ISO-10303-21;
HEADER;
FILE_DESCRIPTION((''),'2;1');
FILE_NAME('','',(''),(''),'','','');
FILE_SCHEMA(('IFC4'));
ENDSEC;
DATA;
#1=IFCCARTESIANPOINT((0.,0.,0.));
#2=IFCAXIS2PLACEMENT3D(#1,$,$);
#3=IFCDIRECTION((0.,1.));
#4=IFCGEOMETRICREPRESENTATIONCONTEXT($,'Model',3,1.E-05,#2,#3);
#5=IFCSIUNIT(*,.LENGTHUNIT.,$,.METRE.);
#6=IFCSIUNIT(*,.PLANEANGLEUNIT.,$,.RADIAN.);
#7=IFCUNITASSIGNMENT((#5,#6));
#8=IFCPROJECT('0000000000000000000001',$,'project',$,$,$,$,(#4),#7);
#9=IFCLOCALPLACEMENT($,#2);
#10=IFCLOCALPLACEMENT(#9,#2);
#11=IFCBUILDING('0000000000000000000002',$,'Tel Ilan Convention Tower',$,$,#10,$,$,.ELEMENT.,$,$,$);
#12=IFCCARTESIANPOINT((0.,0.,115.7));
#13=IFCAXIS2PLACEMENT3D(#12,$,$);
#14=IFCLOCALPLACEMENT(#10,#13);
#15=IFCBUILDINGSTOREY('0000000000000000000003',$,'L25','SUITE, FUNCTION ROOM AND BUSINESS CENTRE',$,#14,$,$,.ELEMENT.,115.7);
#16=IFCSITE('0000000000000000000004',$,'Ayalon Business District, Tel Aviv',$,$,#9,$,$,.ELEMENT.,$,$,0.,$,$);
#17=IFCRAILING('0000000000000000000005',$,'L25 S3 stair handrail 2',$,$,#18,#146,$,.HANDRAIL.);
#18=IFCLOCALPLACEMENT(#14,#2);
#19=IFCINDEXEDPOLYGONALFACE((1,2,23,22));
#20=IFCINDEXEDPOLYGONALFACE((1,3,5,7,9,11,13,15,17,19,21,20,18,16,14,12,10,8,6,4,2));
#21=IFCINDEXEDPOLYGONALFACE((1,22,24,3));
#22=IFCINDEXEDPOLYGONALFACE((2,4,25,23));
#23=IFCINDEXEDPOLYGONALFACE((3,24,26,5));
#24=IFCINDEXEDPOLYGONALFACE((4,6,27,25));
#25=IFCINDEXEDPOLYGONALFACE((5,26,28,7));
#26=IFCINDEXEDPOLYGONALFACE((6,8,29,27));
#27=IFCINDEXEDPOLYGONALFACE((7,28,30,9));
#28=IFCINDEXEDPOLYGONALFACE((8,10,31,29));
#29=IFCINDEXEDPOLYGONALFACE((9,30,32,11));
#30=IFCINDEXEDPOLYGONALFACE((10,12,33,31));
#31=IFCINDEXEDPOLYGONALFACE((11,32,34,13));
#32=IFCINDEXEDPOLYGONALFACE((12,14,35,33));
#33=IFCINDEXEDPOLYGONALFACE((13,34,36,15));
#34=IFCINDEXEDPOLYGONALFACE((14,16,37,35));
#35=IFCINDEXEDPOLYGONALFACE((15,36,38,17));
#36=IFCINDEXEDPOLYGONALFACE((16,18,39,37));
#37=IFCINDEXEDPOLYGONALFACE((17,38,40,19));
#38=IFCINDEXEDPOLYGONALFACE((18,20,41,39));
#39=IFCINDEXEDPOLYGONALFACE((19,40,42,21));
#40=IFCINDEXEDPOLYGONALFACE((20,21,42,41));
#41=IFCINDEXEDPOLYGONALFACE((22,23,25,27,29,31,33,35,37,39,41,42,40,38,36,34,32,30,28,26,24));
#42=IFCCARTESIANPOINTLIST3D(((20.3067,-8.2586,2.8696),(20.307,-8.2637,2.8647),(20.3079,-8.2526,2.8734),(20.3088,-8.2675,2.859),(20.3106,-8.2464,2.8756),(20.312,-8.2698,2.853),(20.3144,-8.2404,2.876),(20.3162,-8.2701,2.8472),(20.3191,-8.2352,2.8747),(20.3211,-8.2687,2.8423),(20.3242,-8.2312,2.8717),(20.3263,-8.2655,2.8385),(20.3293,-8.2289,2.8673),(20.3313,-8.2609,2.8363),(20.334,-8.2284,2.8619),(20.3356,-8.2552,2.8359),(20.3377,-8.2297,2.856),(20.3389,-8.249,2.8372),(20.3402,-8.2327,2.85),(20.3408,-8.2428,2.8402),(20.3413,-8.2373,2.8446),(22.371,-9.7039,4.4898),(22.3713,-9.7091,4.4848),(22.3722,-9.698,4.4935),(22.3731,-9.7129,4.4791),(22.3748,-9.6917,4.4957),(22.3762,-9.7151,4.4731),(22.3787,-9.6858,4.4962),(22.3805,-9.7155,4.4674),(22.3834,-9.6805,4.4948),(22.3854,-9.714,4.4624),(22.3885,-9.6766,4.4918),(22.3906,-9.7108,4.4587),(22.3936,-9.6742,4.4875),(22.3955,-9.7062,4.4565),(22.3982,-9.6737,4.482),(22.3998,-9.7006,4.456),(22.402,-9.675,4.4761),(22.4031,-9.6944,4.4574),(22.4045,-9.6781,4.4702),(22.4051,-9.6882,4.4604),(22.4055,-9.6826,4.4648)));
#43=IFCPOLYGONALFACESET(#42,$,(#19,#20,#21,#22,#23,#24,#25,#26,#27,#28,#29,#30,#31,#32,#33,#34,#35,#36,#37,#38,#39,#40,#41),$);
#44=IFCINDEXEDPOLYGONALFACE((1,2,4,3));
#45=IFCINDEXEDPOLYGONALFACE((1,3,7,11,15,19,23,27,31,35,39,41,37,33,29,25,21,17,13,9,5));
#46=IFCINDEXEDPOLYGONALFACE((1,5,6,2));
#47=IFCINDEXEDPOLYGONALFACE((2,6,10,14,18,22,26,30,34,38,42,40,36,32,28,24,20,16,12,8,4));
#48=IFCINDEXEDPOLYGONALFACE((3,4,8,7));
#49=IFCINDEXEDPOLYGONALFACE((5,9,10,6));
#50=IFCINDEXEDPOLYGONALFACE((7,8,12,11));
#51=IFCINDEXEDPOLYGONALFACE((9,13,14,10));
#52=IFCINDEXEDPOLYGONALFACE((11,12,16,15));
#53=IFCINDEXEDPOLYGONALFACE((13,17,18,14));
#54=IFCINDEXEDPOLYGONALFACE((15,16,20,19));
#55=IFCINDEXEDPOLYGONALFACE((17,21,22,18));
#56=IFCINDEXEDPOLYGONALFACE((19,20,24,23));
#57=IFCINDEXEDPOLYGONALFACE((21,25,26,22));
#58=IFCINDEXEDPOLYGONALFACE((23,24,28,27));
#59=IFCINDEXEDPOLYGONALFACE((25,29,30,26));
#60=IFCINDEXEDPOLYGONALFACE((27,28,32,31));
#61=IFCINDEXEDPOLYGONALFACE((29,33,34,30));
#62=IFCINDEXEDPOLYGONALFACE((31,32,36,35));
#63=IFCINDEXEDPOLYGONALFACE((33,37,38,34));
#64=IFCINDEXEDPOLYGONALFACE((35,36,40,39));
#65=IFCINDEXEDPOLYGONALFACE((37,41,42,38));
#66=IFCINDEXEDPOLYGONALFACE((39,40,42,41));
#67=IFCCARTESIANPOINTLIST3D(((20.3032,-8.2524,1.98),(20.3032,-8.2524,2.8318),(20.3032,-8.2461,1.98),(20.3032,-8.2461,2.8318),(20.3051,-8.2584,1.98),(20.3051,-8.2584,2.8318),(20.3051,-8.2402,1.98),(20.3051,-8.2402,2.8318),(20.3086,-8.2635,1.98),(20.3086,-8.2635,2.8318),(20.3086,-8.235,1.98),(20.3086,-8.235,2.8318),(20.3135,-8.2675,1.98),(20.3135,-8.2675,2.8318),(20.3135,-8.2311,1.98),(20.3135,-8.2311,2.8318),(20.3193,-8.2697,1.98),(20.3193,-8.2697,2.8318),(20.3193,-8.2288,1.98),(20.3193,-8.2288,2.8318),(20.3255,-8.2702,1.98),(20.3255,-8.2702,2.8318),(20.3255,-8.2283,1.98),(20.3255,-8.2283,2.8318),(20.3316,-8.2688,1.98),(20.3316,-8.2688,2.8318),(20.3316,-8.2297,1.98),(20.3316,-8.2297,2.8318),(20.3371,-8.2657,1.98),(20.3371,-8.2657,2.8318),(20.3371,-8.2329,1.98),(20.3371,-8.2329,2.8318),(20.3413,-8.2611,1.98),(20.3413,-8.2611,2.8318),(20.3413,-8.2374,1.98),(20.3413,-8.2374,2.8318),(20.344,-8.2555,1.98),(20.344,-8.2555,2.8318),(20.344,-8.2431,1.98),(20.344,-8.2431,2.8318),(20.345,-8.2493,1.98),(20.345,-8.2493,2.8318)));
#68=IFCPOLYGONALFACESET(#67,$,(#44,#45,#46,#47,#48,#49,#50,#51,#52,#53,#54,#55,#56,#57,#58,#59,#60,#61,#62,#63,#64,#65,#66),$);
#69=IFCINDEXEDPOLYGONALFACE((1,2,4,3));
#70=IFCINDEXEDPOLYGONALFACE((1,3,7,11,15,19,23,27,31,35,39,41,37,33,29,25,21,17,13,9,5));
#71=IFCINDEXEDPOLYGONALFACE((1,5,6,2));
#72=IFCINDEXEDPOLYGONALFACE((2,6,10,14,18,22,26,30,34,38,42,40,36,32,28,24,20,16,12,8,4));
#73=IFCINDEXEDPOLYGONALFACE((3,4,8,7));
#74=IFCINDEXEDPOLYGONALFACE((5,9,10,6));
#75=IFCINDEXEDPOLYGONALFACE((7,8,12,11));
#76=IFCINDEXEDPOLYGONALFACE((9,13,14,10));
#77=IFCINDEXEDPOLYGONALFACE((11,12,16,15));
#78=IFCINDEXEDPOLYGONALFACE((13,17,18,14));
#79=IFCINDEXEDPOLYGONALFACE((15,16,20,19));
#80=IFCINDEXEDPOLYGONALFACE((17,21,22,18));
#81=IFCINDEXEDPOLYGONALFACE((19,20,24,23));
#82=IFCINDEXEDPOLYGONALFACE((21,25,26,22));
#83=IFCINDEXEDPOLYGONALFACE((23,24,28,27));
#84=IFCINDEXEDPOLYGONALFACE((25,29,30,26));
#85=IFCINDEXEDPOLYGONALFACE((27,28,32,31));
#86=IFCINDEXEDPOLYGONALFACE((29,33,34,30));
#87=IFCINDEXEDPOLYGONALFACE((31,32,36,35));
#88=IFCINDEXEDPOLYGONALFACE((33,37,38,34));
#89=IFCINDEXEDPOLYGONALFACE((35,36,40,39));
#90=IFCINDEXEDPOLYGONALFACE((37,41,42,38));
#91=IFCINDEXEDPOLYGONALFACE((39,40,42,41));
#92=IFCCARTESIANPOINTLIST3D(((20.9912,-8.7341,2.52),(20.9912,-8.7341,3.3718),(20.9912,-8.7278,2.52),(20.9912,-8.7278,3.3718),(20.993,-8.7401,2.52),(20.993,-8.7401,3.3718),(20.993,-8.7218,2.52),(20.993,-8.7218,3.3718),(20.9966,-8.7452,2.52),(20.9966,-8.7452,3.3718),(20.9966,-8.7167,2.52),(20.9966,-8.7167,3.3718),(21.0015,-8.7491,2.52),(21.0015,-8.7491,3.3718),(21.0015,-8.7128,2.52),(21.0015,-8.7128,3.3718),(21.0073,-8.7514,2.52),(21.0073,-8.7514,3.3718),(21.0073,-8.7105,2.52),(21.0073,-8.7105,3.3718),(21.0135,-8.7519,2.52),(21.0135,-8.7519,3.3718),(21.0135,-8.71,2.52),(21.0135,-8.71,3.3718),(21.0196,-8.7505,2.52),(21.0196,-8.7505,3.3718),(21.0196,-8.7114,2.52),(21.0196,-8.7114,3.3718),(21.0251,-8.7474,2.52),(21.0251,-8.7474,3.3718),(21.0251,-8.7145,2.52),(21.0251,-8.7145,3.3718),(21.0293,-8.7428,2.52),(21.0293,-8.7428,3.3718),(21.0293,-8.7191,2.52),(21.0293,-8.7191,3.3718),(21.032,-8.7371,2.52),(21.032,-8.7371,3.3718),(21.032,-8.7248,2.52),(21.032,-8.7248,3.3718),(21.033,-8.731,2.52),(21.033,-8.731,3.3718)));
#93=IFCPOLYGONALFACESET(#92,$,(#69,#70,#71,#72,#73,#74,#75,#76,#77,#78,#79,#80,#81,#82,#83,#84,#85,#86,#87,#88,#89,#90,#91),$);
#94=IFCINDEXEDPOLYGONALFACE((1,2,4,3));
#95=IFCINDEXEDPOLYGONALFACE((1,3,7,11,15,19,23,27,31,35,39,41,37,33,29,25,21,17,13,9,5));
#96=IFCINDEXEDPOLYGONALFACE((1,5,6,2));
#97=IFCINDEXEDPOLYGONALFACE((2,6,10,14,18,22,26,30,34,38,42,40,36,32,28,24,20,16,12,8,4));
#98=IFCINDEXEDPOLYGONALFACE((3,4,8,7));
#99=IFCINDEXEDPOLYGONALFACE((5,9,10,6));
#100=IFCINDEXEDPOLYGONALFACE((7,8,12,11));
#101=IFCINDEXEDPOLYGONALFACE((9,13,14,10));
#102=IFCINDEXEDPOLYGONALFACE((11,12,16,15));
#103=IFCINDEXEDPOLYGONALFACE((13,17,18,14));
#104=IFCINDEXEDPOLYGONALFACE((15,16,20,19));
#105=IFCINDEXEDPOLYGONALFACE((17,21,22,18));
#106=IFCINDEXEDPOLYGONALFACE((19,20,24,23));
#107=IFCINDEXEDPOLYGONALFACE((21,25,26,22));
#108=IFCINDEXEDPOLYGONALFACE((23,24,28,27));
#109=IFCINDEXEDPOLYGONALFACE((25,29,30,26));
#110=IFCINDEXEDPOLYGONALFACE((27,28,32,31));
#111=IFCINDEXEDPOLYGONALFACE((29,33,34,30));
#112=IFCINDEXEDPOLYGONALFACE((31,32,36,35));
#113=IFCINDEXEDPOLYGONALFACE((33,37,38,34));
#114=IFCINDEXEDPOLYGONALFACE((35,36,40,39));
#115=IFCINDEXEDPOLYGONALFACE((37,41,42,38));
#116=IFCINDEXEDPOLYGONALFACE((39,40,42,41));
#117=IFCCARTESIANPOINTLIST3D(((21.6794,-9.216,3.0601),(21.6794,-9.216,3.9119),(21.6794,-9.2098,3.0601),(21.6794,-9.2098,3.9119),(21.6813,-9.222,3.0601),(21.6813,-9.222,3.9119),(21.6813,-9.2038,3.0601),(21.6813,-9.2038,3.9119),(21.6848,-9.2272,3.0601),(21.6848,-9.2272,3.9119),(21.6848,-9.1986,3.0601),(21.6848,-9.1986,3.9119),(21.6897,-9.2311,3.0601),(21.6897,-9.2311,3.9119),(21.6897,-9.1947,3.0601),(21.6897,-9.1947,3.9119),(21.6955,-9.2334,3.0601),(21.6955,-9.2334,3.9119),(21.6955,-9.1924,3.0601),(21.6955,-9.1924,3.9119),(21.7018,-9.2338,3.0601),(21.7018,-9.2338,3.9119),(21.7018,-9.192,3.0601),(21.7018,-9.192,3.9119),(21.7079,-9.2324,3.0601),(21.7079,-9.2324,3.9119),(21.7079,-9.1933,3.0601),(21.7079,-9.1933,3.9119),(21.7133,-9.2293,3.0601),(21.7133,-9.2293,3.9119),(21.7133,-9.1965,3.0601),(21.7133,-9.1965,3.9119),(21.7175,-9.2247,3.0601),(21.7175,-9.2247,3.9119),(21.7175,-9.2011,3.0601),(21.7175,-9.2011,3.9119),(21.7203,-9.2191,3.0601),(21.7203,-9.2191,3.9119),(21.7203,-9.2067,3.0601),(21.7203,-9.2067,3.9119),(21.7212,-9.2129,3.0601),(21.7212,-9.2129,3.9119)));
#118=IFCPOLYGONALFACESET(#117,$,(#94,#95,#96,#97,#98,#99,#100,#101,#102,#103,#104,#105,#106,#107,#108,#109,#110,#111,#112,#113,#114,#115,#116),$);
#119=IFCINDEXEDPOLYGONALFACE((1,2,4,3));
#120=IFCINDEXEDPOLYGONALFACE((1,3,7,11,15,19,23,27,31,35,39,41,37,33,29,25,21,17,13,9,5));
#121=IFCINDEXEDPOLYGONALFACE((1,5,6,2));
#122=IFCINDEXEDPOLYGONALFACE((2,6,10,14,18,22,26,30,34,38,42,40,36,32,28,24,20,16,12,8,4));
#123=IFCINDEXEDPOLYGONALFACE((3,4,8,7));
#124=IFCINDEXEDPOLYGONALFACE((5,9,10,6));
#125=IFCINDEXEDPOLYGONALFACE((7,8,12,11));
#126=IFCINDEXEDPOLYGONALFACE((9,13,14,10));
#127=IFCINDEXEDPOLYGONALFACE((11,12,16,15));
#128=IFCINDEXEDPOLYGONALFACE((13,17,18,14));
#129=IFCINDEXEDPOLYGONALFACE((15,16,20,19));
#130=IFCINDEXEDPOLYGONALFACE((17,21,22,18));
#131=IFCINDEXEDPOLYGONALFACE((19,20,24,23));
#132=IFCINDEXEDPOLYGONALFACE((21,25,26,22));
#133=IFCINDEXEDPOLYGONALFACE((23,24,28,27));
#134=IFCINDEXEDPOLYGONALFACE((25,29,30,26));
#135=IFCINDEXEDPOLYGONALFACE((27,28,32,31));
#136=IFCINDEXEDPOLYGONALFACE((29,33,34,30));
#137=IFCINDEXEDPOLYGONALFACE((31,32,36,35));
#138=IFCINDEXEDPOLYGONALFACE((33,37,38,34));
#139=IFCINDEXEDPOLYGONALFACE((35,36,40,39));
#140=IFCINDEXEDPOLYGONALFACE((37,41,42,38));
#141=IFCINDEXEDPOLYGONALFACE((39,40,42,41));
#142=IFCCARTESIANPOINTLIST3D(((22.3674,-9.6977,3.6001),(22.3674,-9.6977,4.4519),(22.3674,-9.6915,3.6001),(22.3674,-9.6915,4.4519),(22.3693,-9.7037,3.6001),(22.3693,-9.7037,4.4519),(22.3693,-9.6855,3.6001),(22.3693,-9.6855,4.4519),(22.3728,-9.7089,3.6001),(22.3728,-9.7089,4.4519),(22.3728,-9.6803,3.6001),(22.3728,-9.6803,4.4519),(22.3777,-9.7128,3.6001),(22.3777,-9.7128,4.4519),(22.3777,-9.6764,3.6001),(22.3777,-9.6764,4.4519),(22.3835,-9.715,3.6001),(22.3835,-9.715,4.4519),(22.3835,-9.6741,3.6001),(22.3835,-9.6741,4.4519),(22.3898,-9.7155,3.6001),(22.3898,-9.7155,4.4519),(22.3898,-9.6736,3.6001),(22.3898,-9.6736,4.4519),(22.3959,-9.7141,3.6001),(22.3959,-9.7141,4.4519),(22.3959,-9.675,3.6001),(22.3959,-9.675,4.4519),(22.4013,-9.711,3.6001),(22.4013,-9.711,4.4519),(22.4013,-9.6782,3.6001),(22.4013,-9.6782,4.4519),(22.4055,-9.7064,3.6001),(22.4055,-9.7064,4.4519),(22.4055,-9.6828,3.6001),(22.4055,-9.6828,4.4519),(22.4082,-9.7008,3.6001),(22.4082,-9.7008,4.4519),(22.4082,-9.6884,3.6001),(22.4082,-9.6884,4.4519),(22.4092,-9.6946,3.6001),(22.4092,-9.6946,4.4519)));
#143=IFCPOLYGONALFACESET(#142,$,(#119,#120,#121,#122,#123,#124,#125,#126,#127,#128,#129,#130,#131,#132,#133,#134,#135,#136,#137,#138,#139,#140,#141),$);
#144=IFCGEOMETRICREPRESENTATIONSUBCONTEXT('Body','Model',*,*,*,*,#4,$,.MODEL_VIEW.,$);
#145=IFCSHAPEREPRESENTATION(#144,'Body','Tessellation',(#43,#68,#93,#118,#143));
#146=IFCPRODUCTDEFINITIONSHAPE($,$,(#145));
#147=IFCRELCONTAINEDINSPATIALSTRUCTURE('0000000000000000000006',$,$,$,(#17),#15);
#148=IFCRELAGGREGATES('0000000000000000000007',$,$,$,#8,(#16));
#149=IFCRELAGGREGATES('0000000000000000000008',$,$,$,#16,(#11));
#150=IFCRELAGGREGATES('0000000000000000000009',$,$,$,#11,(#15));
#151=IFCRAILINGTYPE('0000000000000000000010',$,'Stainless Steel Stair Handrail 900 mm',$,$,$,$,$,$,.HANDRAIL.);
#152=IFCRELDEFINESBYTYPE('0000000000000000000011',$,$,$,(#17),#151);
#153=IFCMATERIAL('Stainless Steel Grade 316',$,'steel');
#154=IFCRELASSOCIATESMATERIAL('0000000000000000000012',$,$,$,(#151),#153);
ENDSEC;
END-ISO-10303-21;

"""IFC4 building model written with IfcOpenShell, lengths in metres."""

from ifc_helpers import new_model, si_unit, direction, frame, origin, origin_2d, place, context, subcontext, project, spatial, circle, extrude, material, type_object, element, save


model = new_model("IFC4")

# Units and contexts
model_context = context("Model", 3, precision=1e-05, world=origin(), true_north=direction((0.0, 1.0)))
body_context = subcontext(model_context, "Body", "Model", "MODEL_VIEW")
ifc_project = project(units=[si_unit("LENGTHUNIT", "METRE"), si_unit("PLANEANGLEUNIT", "RADIAN")], contexts=[model_context])

# Site, building, storey
site_placement = place(None, origin())
site = spatial("IfcSite", under=ifc_project, at=site_placement, Name="Ayalon Business District, Tel Aviv", CompositionType="ELEMENT", RefElevation=0.0)
building_placement = place(site_placement, origin())
building = spatial("IfcBuilding", under=site, at=building_placement, Name="Tel Ilan Convention Tower", CompositionType="ELEMENT")
storey_placement = place(building_placement, frame((0.0, 0.0, 115.7)))
storey = spatial("IfcBuildingStorey", under=building, at=storey_placement, Name="L25", Description="SUITE, FUNCTION ROOM AND BUSINESS CENTRE", CompositionType="ELEMENT", Elevation=115.7)

# Railing
ifc_material_1 = material(Name="Stainless Steel Grade 316", Category="steel")
railing_type_1 = type_object("IfcRailingType", Name="Stainless Steel Stair Handrail 900 mm", PredefinedType="HANDRAIL", material=ifc_material_1)
railing_1_placement = place(storey_placement, frame((20.324, -8.2493, 1.98)))
element("IfcRailing", 1, at=railing_1_placement, inside=storey, type_object=railing_type_1, Name="L25 S3 stair handrail 2", PredefinedType="HANDRAIL", context=body_context, shape_type="SweptSolid", body=[
    extrude(circle(Radius=0.0239, at=origin_2d()), frame((0.0, 0.0, 0.876), z_axis=(0.68904, -0.48245, 0.540801), x_axis=(0.57356, 0.819164, 0.0)), (0.0, 0.0, 1.0), 2.9958),
    extrude(circle(Radius=0.021, at=origin_2d()), origin(), (0.0, 0.0, 1.0), 0.8518),
    extrude(circle(Radius=0.021, at=origin_2d()), frame((0.688, -0.4817, 0.54)), (0.0, 0.0, 1.0), 0.8518),
    extrude(circle(Radius=0.021, at=origin_2d()), frame((1.3762, -0.9636, 1.0801)), (0.0, 0.0, 1.0), 0.8518),
    extrude(circle(Radius=0.021, at=origin_2d()), frame((2.0642, -1.4453, 1.6201)), (0.0, 0.0, 1.0), 0.8518),
])

save(model, "model.ifc")
